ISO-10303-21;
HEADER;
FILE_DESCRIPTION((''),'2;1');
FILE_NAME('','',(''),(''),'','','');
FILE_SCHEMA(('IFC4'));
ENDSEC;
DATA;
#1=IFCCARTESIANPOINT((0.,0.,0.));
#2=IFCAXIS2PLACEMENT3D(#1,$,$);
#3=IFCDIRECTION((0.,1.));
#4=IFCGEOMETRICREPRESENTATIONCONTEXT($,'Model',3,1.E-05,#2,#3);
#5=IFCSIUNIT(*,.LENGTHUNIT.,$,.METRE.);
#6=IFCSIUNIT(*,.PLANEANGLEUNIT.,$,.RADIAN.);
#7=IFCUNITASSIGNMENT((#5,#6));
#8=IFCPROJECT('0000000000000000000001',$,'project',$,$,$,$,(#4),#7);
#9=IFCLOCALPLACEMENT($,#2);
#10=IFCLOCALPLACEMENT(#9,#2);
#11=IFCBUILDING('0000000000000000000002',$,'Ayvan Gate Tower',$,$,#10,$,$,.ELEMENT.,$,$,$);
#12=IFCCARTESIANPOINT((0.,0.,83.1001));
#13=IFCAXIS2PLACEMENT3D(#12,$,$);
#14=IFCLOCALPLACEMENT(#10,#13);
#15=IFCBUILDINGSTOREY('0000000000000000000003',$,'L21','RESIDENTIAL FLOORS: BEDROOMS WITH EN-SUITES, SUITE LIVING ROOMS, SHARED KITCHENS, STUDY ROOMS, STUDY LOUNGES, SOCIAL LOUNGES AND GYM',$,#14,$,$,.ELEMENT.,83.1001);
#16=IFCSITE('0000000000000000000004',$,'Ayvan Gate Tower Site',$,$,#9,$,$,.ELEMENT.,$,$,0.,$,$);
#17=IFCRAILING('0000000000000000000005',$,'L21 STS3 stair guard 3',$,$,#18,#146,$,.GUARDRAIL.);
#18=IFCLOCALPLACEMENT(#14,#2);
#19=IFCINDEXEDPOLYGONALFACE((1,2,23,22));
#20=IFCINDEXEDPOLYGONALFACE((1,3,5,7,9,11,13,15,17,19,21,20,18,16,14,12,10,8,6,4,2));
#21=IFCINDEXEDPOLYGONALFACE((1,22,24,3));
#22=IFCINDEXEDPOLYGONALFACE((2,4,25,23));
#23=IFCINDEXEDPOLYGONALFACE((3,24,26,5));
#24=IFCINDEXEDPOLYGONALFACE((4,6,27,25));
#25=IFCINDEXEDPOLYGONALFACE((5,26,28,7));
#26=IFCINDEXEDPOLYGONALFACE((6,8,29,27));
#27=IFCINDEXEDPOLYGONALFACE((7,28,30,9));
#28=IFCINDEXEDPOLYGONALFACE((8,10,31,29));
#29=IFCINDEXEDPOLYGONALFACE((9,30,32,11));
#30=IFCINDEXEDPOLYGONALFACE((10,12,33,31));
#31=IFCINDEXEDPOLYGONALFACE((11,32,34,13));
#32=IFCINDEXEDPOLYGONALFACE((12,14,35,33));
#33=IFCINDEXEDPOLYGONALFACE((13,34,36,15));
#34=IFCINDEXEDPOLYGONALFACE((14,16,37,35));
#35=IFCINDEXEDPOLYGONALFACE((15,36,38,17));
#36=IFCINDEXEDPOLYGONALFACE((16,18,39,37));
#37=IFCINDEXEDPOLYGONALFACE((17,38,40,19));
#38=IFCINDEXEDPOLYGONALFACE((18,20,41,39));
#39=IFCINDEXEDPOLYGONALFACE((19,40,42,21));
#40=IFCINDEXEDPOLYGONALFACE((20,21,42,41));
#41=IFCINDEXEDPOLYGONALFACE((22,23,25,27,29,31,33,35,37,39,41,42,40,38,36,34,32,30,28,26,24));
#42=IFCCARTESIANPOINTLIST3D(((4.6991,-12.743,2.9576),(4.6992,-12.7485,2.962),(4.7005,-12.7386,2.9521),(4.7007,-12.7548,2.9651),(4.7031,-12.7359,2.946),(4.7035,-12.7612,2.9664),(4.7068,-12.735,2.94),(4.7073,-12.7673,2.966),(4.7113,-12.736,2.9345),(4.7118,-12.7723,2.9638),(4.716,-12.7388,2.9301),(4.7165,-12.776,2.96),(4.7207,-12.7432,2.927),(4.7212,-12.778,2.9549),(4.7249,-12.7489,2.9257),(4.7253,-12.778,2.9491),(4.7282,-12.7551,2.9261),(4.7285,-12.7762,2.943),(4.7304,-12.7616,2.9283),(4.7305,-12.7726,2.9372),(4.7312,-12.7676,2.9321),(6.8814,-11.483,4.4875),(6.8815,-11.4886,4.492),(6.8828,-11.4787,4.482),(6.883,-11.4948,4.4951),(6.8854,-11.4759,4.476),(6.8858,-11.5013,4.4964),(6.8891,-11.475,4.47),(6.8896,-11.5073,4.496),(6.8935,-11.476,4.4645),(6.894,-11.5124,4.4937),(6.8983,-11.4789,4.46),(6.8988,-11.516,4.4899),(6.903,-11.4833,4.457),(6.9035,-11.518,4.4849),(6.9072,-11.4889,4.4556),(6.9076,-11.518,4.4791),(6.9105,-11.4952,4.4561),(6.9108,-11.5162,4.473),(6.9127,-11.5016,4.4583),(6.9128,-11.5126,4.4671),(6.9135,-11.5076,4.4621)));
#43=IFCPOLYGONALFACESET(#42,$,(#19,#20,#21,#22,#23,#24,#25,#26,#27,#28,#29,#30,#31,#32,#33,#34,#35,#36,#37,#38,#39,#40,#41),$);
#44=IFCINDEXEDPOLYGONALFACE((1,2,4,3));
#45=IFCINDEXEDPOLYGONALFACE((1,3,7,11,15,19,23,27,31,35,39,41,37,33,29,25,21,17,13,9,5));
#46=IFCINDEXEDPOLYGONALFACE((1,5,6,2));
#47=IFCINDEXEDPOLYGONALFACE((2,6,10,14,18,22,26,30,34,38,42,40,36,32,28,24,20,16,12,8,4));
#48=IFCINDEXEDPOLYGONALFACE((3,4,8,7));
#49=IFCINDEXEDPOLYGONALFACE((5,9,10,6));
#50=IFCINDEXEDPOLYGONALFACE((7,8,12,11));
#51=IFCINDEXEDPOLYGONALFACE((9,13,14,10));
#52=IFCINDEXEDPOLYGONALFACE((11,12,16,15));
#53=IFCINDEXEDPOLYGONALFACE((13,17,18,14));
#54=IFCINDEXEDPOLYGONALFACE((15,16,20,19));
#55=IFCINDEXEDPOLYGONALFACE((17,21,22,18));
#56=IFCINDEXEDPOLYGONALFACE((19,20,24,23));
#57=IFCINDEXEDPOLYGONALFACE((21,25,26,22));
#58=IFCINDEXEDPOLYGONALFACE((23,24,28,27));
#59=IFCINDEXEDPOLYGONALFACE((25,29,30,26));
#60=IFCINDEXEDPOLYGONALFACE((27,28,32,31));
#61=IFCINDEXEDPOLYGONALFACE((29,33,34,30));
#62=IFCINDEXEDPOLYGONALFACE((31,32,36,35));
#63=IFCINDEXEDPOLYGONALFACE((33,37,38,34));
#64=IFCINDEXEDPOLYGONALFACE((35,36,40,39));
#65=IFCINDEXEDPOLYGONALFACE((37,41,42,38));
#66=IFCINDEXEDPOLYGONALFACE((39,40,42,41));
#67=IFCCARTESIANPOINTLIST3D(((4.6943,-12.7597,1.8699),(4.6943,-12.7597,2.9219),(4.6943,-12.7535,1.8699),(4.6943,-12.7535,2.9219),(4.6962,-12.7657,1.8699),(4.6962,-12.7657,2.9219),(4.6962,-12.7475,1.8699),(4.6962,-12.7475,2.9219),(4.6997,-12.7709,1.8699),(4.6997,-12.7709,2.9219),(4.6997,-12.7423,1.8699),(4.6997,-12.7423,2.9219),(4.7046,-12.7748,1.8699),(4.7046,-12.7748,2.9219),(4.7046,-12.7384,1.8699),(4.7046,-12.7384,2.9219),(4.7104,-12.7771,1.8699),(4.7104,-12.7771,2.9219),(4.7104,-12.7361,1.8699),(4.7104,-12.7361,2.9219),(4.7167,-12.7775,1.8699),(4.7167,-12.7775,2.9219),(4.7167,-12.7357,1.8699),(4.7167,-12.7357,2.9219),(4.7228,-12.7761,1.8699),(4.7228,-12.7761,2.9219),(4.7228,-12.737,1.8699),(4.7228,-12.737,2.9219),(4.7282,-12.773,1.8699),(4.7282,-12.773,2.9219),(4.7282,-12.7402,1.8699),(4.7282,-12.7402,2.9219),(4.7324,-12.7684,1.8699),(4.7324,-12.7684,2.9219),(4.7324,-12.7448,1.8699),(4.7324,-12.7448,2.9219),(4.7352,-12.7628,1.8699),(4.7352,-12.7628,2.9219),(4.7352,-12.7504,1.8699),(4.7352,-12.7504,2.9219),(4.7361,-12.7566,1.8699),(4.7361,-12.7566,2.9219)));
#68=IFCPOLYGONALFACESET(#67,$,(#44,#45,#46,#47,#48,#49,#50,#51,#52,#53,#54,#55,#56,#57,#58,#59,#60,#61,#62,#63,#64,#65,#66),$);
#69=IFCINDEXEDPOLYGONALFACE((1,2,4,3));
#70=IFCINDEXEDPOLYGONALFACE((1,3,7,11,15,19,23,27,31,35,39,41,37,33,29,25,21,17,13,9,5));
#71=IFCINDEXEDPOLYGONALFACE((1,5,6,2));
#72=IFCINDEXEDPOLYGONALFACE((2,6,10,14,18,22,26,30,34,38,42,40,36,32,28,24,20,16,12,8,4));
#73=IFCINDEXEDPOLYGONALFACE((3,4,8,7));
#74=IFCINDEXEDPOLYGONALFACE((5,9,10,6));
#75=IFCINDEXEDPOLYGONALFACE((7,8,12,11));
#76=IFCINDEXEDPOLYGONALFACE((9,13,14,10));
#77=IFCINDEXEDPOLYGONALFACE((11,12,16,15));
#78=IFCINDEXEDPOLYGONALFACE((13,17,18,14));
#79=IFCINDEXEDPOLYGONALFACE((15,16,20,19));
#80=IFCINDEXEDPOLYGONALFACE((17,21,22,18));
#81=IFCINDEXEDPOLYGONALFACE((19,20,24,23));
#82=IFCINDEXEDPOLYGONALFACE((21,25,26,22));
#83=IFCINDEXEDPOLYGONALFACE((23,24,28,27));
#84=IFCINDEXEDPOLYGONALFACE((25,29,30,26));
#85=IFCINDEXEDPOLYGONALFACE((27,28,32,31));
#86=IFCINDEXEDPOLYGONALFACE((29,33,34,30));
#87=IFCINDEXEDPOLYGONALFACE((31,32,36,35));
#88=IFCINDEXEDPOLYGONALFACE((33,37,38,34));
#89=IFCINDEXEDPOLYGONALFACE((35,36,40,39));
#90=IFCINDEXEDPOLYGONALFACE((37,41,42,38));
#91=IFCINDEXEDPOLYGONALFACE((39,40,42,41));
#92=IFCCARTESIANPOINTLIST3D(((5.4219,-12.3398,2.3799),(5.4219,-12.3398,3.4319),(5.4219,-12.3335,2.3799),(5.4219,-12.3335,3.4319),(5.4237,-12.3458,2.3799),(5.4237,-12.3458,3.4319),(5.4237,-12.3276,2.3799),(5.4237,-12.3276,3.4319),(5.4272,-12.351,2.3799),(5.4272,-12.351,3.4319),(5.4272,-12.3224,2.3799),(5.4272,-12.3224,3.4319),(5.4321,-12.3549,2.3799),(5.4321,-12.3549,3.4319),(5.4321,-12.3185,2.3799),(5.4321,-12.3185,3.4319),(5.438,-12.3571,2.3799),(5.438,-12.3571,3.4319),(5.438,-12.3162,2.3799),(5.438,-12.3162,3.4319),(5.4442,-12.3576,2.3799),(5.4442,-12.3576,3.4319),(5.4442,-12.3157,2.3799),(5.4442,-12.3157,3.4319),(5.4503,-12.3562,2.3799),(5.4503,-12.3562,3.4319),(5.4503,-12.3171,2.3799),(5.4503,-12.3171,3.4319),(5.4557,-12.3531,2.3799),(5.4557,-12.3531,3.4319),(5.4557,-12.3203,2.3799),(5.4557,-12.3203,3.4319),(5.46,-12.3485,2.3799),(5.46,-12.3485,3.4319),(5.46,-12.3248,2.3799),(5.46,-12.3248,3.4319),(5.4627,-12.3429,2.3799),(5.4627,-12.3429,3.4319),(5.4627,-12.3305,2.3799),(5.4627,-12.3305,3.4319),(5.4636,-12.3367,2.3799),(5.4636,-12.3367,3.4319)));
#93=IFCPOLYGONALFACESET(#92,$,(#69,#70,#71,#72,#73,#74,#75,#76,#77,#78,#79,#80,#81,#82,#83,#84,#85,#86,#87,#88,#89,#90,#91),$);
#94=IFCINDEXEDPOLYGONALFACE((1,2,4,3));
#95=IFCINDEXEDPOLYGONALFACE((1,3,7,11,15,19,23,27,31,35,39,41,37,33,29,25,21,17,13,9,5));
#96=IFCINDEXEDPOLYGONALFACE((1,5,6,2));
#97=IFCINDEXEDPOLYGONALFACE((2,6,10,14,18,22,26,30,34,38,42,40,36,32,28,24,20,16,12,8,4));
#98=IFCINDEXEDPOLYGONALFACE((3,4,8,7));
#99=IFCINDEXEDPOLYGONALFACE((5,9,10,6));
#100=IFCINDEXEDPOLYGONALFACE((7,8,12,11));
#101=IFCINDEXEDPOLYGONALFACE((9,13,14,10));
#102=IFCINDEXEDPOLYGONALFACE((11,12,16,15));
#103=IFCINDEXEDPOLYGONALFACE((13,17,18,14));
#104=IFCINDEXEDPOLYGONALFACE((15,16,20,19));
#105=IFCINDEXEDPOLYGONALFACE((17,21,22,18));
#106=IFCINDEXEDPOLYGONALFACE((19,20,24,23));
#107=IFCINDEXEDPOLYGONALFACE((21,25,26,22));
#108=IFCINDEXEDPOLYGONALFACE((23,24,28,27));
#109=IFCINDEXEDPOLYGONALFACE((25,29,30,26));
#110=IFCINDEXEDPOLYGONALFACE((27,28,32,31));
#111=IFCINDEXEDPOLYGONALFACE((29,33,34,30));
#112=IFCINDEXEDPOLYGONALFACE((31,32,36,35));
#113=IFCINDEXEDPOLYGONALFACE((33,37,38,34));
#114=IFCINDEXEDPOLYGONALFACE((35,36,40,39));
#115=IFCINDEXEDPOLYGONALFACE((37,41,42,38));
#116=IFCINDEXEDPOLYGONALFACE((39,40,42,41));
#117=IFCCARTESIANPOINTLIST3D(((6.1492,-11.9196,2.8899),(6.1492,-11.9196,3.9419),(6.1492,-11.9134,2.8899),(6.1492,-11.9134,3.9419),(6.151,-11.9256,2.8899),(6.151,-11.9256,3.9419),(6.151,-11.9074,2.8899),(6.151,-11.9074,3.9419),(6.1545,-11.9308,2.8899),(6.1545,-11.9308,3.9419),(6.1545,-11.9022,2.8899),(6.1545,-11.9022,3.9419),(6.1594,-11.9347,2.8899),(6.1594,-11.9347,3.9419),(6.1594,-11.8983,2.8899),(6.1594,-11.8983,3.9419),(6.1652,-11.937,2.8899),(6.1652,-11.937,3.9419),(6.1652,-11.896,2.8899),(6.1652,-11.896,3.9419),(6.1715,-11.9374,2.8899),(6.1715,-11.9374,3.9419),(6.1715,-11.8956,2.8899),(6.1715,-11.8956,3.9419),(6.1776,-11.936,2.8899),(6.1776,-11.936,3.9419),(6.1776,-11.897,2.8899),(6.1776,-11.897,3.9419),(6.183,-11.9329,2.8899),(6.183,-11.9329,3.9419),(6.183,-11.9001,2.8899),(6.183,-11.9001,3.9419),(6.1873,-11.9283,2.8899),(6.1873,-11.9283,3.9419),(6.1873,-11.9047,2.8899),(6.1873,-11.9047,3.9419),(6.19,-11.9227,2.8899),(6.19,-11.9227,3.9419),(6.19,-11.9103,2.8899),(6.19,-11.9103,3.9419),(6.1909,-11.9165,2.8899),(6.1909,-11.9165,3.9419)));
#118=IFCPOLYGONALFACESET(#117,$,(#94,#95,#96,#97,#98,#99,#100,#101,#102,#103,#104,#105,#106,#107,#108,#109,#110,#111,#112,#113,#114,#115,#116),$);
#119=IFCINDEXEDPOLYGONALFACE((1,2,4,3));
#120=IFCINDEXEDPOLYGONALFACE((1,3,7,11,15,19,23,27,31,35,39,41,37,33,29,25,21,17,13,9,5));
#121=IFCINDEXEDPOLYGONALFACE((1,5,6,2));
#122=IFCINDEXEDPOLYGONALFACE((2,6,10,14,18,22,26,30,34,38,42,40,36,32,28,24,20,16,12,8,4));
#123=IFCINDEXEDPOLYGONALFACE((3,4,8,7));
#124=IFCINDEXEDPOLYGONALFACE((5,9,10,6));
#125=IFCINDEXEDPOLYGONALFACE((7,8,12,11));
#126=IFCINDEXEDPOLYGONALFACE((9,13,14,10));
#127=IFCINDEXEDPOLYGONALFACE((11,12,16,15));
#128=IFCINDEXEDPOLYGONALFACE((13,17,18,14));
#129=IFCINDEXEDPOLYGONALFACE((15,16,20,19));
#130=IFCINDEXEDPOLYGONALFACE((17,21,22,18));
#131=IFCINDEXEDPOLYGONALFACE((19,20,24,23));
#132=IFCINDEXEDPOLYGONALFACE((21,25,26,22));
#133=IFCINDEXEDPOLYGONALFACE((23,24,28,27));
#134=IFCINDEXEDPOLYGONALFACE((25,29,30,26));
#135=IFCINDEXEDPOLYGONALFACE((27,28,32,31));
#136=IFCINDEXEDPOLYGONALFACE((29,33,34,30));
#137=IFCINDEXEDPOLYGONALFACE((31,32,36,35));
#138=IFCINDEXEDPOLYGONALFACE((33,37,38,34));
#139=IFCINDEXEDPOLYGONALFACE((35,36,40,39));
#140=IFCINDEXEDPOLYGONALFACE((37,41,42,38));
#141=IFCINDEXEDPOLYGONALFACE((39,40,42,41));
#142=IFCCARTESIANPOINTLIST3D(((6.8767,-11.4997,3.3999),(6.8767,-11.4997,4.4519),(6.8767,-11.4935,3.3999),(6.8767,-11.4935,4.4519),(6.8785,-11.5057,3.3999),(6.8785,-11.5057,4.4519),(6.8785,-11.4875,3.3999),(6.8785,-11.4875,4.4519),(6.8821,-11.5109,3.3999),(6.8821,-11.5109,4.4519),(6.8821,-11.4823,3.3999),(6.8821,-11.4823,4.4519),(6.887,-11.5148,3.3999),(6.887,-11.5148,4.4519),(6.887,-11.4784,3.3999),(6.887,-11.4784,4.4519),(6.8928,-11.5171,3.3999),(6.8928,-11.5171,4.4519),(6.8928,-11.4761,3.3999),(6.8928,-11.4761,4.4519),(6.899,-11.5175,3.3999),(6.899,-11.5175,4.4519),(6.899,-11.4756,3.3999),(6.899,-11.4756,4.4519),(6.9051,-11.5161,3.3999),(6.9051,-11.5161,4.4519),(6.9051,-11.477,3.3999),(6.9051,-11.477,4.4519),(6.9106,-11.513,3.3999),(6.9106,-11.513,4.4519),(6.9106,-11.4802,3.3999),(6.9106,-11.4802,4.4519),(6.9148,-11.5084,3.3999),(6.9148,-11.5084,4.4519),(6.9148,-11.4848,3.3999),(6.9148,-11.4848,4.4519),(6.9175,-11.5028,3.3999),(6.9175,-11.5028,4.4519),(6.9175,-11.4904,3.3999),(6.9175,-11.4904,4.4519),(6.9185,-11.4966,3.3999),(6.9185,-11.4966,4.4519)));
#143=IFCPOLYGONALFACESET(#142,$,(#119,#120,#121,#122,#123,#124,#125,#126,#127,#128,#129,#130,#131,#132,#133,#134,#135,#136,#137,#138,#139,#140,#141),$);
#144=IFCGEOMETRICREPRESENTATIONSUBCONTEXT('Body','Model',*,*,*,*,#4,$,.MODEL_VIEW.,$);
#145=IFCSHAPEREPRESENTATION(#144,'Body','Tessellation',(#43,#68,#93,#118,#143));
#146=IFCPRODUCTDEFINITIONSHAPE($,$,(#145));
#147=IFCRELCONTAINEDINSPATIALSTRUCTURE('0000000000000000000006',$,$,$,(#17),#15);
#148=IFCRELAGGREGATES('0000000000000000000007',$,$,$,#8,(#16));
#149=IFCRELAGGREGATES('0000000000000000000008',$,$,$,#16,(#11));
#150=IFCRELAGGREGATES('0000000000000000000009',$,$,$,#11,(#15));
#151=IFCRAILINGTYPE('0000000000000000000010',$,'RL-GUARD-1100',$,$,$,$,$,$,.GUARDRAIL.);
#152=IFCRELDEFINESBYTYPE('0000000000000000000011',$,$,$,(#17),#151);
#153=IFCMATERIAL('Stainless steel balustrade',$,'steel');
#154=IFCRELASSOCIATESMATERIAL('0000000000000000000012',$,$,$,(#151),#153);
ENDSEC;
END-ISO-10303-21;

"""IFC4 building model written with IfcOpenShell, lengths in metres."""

from ifc_helpers import new_model, si_unit, direction, frame, origin, origin_2d, place, context, subcontext, project, spatial, circle, extrude, material, type_object, element, save


model = new_model("IFC4")

# Units and contexts
model_context = context("Model", 3, precision=1e-05, world=origin(), true_north=direction((0.0, 1.0)))
body_context = subcontext(model_context, "Body", "Model", "MODEL_VIEW")
ifc_project = project(units=[si_unit("LENGTHUNIT", "METRE"), si_unit("PLANEANGLEUNIT", "RADIAN")], contexts=[model_context])

# Site, building, storey
site_placement = place(None, origin())
site = spatial("IfcSite", under=ifc_project, at=site_placement, Name="Ayvan Gate Tower Site", CompositionType="ELEMENT", RefElevation=0.0)
building_placement = place(site_placement, origin())
building = spatial("IfcBuilding", under=site, at=building_placement, Name="Ayvan Gate Tower", CompositionType="ELEMENT")
storey_placement = place(building_placement, frame((0.0, 0.0, 83.1001)))
storey = spatial("IfcBuildingStorey", under=building, at=storey_placement, Name="L21", Description="RESIDENTIAL FLOORS: BEDROOMS WITH EN-SUITES, SUITE LIVING ROOMS, SHARED KITCHENS, STUDY ROOMS, STUDY LOUNGES, SOCIAL LOUNGES AND GYM", CompositionType="ELEMENT", Elevation=83.1001)

# Railing
ifc_material_1 = material(Name="Stainless steel balustrade", Category="steel")
railing_type_1 = type_object("IfcRailingType", Name="RL-GUARD-1100", PredefinedType="GUARDRAIL", material=ifc_material_1)
railing_1_placement = place(storey_placement, frame((4.7151, -12.7566, 1.8699)))
element("IfcRailing", 1, at=railing_1_placement, inside=storey, type_object=railing_type_1, Name="L21 STS3 stair guard 3", PredefinedType="GUARDRAIL", context=body_context, shape_type="SweptSolid", body=[
    extrude(circle(Radius=0.0239, at=origin_2d()), frame((0.0, 0.0, 1.0762), z_axis=(0.740261, 0.427395, 0.518986), x_axis=(-0.500005, 0.866023, 0.0)), (0.0, 0.0, 1.0), 2.948),
    extrude(circle(Radius=0.021, at=origin_2d()), origin(), (0.0, 0.0, 1.0), 1.052),
    extrude(circle(Radius=0.021, at=origin_2d()), frame((0.7275, 0.4199, 0.51)), (0.0, 0.0, 1.0), 1.052),
    extrude(circle(Radius=0.021, at=origin_2d()), frame((1.4548, 0.8401, 1.02)), (0.0, 0.0, 1.0), 1.052),
    extrude(circle(Radius=0.021, at=origin_2d()), frame((2.1824, 1.26, 1.53)), (0.0, 0.0, 1.0), 1.052),
])

save(model, "model.ifc")
